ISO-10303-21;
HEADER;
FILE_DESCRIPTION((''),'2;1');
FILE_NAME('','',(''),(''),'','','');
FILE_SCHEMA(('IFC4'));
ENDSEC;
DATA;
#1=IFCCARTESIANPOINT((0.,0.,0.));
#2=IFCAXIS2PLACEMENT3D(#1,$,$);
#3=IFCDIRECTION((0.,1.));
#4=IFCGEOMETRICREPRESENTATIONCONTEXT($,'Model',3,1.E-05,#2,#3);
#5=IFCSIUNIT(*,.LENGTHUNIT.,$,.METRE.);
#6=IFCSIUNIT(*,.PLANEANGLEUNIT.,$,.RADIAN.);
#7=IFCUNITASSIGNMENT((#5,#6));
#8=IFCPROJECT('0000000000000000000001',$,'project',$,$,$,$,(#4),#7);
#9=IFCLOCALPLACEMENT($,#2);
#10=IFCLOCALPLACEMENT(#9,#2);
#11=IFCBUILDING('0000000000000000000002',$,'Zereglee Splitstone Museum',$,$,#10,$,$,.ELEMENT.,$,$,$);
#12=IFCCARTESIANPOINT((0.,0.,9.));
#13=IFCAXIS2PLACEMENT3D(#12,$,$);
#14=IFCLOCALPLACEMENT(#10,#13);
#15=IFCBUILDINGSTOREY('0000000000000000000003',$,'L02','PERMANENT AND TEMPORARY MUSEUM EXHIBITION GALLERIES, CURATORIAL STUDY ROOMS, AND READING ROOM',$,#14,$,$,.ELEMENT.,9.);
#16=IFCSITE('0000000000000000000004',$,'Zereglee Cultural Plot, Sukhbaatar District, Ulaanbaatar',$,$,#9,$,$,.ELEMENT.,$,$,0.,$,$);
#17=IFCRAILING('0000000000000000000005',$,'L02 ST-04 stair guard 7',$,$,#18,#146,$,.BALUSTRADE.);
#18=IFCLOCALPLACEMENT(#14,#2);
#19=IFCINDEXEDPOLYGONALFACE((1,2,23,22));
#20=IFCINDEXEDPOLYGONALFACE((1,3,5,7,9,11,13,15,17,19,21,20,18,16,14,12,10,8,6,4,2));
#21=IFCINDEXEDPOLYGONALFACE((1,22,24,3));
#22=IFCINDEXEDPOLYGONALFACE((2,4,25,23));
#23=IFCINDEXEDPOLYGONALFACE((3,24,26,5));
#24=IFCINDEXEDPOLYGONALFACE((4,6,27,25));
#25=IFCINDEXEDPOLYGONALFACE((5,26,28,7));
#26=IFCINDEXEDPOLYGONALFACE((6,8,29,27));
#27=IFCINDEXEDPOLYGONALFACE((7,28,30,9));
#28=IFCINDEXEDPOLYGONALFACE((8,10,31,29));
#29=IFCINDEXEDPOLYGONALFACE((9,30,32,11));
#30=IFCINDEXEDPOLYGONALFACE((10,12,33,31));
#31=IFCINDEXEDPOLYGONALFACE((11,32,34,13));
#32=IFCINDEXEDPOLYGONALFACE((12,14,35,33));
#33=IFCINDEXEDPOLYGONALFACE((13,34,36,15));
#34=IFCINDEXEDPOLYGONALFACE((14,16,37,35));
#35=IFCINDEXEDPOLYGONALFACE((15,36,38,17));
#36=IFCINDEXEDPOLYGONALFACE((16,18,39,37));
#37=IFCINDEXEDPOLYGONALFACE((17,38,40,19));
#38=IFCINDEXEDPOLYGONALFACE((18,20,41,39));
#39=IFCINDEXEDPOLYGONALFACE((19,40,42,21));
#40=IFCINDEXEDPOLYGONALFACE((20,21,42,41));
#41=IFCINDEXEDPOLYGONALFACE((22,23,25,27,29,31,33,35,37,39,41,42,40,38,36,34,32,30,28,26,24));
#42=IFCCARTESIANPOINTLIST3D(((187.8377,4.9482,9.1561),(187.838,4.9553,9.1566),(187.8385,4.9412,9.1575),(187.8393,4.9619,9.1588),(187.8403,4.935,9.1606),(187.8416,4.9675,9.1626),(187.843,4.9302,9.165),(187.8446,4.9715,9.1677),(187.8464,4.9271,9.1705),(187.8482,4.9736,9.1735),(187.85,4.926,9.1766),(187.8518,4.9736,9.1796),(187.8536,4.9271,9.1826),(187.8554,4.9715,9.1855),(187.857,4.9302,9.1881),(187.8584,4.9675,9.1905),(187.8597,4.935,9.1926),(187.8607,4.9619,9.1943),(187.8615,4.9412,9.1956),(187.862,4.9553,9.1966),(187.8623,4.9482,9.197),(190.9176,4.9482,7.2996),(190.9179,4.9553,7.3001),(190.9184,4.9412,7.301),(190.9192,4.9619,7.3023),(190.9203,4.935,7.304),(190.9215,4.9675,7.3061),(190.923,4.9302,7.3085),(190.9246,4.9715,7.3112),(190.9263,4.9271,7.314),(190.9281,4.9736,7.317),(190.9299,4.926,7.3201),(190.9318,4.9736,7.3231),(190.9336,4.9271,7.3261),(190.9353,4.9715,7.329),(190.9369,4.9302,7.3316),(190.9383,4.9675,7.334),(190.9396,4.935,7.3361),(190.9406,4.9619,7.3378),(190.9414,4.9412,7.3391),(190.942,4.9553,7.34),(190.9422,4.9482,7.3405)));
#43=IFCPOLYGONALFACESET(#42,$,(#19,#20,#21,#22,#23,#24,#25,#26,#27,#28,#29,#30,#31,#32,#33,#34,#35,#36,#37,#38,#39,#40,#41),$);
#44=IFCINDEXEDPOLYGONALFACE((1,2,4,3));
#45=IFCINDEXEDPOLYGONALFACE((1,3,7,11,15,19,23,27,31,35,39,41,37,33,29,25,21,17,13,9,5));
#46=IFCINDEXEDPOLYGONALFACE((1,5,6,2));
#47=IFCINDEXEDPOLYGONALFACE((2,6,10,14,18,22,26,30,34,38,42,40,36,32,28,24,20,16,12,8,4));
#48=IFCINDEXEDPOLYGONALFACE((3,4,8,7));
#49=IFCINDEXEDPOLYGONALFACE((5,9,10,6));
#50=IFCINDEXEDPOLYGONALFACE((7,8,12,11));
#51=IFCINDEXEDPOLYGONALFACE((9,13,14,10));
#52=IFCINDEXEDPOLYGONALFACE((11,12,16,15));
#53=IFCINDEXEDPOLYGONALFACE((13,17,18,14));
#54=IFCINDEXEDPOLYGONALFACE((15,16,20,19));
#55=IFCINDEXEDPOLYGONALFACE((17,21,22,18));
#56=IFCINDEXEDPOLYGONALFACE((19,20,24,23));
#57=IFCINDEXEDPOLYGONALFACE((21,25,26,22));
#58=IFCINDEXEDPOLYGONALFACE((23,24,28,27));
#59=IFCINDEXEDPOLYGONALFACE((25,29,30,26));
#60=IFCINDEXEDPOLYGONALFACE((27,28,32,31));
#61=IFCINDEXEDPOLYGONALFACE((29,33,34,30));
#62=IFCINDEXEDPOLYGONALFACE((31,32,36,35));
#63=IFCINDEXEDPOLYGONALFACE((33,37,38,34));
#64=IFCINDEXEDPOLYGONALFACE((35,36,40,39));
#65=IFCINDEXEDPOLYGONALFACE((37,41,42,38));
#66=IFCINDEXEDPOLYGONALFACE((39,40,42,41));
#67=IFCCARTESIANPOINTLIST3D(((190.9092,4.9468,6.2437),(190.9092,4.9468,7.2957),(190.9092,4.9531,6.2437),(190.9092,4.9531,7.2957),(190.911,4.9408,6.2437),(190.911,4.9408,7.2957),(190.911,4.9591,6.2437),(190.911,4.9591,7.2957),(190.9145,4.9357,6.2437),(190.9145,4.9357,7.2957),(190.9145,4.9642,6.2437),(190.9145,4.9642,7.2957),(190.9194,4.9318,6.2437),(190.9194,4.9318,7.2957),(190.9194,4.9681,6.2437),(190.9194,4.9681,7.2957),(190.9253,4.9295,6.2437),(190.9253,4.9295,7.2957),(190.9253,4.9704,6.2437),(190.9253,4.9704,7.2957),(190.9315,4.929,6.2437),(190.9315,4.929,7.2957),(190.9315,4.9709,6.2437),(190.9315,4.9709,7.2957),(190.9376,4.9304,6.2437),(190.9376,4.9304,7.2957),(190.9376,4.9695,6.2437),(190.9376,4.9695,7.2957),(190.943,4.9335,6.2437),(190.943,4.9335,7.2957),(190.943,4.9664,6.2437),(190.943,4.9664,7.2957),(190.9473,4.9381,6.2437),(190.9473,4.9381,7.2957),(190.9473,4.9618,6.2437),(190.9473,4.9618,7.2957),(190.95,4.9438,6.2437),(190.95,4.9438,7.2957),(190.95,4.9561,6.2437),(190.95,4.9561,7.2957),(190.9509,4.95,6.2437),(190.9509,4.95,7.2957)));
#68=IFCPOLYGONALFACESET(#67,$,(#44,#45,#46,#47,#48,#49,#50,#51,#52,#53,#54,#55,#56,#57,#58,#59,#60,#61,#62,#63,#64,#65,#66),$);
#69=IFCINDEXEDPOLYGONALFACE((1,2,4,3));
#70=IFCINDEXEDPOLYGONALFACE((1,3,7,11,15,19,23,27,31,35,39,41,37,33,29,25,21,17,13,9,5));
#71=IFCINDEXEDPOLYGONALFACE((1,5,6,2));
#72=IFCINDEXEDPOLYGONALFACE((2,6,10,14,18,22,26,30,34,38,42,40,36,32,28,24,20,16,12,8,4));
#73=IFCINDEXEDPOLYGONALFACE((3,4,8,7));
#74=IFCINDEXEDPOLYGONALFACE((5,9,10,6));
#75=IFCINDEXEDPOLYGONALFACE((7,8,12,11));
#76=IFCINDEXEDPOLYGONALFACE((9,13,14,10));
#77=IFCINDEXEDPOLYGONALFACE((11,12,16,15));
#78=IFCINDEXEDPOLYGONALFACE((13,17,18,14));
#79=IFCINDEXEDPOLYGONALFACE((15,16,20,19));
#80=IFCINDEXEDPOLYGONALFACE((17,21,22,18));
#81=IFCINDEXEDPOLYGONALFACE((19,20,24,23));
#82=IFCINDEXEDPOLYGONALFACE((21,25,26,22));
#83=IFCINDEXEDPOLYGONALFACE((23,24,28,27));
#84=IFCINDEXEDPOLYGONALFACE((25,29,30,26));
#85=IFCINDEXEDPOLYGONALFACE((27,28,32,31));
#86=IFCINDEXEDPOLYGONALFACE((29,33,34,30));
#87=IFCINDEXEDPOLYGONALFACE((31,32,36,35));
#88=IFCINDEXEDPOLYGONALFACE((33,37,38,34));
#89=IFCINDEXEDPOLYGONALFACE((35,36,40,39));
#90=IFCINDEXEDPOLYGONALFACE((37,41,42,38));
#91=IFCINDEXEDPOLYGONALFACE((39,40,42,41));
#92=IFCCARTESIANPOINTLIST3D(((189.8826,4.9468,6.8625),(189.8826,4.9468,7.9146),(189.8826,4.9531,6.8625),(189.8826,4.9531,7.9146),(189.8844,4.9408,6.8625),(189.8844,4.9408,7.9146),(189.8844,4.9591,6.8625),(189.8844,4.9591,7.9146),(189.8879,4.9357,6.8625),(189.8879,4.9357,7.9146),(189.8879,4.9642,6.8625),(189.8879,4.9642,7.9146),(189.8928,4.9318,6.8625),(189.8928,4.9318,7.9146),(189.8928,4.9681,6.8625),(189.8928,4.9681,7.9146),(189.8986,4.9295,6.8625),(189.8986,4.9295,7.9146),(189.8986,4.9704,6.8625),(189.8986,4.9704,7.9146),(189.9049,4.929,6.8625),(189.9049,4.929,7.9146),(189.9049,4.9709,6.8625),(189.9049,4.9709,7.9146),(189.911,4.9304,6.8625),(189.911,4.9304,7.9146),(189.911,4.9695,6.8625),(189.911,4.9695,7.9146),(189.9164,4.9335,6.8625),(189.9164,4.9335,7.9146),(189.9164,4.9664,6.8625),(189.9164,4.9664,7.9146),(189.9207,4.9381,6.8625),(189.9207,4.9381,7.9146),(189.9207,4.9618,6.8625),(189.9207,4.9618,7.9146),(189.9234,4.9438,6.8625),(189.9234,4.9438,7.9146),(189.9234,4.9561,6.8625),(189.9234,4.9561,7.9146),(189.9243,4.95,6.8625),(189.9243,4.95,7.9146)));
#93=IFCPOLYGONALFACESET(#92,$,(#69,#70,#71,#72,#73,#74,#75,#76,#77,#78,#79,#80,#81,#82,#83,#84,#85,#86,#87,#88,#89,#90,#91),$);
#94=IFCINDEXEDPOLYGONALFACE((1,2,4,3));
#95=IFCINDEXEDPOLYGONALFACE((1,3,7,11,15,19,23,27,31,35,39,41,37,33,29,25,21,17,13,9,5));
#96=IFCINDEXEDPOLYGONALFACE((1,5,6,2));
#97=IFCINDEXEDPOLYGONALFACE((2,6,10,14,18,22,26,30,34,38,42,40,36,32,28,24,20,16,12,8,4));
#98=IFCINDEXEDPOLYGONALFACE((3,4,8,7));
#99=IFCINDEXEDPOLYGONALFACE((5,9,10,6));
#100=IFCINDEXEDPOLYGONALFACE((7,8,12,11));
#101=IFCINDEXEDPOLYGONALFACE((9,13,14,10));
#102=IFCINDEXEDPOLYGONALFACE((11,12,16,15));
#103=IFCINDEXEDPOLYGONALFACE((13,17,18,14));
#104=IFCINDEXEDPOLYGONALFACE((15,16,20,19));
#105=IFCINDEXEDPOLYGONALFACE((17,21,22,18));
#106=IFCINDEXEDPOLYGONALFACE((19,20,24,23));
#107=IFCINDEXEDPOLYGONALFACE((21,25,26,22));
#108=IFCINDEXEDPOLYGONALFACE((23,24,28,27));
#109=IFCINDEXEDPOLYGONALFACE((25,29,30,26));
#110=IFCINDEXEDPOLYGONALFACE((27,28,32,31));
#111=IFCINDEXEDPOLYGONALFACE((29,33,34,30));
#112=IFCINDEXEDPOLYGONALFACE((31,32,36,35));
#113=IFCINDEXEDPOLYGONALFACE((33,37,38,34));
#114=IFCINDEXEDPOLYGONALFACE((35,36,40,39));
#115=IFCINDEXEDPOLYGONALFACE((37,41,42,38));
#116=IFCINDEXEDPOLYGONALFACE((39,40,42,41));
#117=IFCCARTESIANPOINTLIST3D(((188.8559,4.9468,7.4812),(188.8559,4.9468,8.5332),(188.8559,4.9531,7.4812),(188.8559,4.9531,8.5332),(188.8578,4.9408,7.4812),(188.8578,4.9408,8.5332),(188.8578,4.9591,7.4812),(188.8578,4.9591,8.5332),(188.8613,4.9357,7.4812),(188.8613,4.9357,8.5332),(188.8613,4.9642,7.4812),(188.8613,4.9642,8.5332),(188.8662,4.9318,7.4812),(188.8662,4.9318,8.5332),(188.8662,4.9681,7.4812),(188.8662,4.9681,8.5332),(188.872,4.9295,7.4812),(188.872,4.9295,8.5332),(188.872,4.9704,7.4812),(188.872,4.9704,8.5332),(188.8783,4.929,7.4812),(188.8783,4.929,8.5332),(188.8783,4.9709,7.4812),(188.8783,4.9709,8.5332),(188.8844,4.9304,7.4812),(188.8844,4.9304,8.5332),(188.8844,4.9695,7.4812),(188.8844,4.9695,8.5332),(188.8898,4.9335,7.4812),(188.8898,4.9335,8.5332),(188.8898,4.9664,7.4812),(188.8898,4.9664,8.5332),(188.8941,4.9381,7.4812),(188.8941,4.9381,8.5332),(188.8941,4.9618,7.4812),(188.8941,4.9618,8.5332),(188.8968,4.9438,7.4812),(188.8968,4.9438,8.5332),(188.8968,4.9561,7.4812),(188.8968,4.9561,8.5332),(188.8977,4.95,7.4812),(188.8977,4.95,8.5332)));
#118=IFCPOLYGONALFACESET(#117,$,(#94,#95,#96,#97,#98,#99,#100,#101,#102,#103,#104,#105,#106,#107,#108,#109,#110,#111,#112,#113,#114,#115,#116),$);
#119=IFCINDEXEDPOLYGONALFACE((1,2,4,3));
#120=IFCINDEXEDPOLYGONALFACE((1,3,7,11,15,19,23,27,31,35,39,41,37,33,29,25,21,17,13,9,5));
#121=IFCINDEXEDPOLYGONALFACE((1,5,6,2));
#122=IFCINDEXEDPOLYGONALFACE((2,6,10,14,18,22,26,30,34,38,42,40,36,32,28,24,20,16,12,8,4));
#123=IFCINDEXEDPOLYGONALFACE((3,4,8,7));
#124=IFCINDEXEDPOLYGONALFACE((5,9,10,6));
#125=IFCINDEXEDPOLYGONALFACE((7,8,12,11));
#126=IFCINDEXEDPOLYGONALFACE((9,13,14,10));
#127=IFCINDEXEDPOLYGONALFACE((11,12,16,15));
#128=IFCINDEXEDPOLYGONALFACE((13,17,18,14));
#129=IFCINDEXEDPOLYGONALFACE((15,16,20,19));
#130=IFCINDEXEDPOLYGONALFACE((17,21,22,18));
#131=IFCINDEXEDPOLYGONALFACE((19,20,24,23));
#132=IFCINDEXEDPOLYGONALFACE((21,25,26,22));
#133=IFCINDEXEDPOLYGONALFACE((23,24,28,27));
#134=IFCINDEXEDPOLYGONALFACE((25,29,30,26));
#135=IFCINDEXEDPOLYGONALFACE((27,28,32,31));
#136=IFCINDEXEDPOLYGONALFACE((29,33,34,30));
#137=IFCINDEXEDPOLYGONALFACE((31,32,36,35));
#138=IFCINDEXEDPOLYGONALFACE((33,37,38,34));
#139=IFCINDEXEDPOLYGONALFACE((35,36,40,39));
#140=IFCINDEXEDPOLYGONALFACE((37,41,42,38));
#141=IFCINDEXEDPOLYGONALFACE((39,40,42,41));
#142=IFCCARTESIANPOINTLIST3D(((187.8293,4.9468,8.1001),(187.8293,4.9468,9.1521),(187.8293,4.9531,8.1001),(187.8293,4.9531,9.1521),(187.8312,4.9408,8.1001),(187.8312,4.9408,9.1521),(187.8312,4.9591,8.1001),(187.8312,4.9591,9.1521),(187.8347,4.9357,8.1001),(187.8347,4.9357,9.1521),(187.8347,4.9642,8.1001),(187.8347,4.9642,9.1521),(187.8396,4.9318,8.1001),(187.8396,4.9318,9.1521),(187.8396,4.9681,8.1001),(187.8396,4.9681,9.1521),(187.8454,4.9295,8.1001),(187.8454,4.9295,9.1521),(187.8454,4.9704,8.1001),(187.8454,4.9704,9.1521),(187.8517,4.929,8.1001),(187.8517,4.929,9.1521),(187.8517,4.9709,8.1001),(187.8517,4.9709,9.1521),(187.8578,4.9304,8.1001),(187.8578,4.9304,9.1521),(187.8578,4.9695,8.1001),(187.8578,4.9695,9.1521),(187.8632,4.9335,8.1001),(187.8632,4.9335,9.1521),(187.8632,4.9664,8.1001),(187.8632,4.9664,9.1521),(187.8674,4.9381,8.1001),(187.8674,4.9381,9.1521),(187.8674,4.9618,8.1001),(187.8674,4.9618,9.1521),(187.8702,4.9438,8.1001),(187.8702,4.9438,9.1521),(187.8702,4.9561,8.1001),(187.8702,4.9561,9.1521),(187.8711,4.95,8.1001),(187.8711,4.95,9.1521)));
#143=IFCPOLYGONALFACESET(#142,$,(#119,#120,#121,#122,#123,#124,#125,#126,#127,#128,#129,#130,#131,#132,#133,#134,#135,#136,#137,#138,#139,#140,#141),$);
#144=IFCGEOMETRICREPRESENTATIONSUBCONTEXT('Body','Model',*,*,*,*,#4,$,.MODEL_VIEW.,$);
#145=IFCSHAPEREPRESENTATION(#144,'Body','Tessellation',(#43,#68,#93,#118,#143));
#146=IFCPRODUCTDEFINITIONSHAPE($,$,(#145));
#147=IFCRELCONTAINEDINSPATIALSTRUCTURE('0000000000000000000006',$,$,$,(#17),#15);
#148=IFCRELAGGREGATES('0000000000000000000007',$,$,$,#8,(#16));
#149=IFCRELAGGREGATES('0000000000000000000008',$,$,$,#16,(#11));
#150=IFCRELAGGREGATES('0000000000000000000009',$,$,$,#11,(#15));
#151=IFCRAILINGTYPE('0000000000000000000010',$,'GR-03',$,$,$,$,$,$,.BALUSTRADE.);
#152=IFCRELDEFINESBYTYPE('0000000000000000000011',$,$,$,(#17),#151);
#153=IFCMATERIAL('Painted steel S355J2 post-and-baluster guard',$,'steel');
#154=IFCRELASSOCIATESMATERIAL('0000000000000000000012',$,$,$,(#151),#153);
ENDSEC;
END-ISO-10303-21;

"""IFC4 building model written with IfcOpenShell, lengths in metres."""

from ifc_helpers import new_model, si_unit, direction, frame, origin, origin_2d, place, context, subcontext, project, spatial, circle, extrude, material, type_object, element, save


model = new_model("IFC4")

# Units and contexts
model_context = context("Model", 3, precision=1e-05, world=origin(), true_north=direction((0.0, 1.0)))
body_context = subcontext(model_context, "Body", "Model", "MODEL_VIEW")
ifc_project = project(units=[si_unit("LENGTHUNIT", "METRE"), si_unit("PLANEANGLEUNIT", "RADIAN")], contexts=[model_context])

# Site, building, storey
site_placement = place(None, origin())
site = spatial("IfcSite", under=ifc_project, at=site_placement, Name="Zereglee Cultural Plot, Sukhbaatar District, Ulaanbaatar", CompositionType="ELEMENT", RefElevation=0.0)
building_placement = place(site_placement, origin())
building = spatial("IfcBuilding", under=site, at=building_placement, Name="Zereglee Splitstone Museum", CompositionType="ELEMENT")
storey_placement = place(building_placement, frame((0.0, 0.0, 9.0)))
storey = spatial("IfcBuildingStorey", under=building, at=storey_placement, Name="L02", Description="PERMANENT AND TEMPORARY MUSEUM EXHIBITION GALLERIES, CURATORIAL STUDY ROOMS, AND READING ROOM", CompositionType="ELEMENT", Elevation=9.0)

# Railing
ifc_material_1 = material(Name="Painted steel S355J2 post-and-baluster guard", Category="steel")
railing_type_1 = type_object("IfcRailingType", Name="GR-03", PredefinedType="BALUSTRADE", material=ifc_material_1)
railing_1_placement = place(storey_placement, frame((190.9299, 4.95, 6.2437)))
element("IfcRailing", 1, at=railing_1_placement, inside=storey, type_object=railing_type_1, Name="L02 ST-04 stair guard 7", PredefinedType="BALUSTRADE", context=body_context, shape_type="SweptSolid", body=[
    extrude(circle(Radius=0.0239, at=origin_2d()), frame((0.0, 0.0, 1.0764), z_axis=(-0.856443, 0.0, 0.516242), x_axis=(0.0, -1.0, 0.0)), (0.0, 0.0, 1.0), 3.5962),
    extrude(circle(Radius=0.021, at=origin_2d()), origin(), (0.0, 0.0, 1.0), 1.052),
    extrude(circle(Radius=0.021, at=origin_2d()), frame((-1.0266, 0.0, 0.6189)), (0.0, 0.0, 1.0), 1.052),
    extrude(circle(Radius=0.021, at=origin_2d()), frame((-2.0532, 0.0, 1.2375)), (0.0, 0.0, 1.0), 1.052),
    extrude(circle(Radius=0.021, at=origin_2d()), frame((-3.0798, 0.0, 1.8564)), (0.0, 0.0, 1.0), 1.052),
])

save(model, "model.ifc")
